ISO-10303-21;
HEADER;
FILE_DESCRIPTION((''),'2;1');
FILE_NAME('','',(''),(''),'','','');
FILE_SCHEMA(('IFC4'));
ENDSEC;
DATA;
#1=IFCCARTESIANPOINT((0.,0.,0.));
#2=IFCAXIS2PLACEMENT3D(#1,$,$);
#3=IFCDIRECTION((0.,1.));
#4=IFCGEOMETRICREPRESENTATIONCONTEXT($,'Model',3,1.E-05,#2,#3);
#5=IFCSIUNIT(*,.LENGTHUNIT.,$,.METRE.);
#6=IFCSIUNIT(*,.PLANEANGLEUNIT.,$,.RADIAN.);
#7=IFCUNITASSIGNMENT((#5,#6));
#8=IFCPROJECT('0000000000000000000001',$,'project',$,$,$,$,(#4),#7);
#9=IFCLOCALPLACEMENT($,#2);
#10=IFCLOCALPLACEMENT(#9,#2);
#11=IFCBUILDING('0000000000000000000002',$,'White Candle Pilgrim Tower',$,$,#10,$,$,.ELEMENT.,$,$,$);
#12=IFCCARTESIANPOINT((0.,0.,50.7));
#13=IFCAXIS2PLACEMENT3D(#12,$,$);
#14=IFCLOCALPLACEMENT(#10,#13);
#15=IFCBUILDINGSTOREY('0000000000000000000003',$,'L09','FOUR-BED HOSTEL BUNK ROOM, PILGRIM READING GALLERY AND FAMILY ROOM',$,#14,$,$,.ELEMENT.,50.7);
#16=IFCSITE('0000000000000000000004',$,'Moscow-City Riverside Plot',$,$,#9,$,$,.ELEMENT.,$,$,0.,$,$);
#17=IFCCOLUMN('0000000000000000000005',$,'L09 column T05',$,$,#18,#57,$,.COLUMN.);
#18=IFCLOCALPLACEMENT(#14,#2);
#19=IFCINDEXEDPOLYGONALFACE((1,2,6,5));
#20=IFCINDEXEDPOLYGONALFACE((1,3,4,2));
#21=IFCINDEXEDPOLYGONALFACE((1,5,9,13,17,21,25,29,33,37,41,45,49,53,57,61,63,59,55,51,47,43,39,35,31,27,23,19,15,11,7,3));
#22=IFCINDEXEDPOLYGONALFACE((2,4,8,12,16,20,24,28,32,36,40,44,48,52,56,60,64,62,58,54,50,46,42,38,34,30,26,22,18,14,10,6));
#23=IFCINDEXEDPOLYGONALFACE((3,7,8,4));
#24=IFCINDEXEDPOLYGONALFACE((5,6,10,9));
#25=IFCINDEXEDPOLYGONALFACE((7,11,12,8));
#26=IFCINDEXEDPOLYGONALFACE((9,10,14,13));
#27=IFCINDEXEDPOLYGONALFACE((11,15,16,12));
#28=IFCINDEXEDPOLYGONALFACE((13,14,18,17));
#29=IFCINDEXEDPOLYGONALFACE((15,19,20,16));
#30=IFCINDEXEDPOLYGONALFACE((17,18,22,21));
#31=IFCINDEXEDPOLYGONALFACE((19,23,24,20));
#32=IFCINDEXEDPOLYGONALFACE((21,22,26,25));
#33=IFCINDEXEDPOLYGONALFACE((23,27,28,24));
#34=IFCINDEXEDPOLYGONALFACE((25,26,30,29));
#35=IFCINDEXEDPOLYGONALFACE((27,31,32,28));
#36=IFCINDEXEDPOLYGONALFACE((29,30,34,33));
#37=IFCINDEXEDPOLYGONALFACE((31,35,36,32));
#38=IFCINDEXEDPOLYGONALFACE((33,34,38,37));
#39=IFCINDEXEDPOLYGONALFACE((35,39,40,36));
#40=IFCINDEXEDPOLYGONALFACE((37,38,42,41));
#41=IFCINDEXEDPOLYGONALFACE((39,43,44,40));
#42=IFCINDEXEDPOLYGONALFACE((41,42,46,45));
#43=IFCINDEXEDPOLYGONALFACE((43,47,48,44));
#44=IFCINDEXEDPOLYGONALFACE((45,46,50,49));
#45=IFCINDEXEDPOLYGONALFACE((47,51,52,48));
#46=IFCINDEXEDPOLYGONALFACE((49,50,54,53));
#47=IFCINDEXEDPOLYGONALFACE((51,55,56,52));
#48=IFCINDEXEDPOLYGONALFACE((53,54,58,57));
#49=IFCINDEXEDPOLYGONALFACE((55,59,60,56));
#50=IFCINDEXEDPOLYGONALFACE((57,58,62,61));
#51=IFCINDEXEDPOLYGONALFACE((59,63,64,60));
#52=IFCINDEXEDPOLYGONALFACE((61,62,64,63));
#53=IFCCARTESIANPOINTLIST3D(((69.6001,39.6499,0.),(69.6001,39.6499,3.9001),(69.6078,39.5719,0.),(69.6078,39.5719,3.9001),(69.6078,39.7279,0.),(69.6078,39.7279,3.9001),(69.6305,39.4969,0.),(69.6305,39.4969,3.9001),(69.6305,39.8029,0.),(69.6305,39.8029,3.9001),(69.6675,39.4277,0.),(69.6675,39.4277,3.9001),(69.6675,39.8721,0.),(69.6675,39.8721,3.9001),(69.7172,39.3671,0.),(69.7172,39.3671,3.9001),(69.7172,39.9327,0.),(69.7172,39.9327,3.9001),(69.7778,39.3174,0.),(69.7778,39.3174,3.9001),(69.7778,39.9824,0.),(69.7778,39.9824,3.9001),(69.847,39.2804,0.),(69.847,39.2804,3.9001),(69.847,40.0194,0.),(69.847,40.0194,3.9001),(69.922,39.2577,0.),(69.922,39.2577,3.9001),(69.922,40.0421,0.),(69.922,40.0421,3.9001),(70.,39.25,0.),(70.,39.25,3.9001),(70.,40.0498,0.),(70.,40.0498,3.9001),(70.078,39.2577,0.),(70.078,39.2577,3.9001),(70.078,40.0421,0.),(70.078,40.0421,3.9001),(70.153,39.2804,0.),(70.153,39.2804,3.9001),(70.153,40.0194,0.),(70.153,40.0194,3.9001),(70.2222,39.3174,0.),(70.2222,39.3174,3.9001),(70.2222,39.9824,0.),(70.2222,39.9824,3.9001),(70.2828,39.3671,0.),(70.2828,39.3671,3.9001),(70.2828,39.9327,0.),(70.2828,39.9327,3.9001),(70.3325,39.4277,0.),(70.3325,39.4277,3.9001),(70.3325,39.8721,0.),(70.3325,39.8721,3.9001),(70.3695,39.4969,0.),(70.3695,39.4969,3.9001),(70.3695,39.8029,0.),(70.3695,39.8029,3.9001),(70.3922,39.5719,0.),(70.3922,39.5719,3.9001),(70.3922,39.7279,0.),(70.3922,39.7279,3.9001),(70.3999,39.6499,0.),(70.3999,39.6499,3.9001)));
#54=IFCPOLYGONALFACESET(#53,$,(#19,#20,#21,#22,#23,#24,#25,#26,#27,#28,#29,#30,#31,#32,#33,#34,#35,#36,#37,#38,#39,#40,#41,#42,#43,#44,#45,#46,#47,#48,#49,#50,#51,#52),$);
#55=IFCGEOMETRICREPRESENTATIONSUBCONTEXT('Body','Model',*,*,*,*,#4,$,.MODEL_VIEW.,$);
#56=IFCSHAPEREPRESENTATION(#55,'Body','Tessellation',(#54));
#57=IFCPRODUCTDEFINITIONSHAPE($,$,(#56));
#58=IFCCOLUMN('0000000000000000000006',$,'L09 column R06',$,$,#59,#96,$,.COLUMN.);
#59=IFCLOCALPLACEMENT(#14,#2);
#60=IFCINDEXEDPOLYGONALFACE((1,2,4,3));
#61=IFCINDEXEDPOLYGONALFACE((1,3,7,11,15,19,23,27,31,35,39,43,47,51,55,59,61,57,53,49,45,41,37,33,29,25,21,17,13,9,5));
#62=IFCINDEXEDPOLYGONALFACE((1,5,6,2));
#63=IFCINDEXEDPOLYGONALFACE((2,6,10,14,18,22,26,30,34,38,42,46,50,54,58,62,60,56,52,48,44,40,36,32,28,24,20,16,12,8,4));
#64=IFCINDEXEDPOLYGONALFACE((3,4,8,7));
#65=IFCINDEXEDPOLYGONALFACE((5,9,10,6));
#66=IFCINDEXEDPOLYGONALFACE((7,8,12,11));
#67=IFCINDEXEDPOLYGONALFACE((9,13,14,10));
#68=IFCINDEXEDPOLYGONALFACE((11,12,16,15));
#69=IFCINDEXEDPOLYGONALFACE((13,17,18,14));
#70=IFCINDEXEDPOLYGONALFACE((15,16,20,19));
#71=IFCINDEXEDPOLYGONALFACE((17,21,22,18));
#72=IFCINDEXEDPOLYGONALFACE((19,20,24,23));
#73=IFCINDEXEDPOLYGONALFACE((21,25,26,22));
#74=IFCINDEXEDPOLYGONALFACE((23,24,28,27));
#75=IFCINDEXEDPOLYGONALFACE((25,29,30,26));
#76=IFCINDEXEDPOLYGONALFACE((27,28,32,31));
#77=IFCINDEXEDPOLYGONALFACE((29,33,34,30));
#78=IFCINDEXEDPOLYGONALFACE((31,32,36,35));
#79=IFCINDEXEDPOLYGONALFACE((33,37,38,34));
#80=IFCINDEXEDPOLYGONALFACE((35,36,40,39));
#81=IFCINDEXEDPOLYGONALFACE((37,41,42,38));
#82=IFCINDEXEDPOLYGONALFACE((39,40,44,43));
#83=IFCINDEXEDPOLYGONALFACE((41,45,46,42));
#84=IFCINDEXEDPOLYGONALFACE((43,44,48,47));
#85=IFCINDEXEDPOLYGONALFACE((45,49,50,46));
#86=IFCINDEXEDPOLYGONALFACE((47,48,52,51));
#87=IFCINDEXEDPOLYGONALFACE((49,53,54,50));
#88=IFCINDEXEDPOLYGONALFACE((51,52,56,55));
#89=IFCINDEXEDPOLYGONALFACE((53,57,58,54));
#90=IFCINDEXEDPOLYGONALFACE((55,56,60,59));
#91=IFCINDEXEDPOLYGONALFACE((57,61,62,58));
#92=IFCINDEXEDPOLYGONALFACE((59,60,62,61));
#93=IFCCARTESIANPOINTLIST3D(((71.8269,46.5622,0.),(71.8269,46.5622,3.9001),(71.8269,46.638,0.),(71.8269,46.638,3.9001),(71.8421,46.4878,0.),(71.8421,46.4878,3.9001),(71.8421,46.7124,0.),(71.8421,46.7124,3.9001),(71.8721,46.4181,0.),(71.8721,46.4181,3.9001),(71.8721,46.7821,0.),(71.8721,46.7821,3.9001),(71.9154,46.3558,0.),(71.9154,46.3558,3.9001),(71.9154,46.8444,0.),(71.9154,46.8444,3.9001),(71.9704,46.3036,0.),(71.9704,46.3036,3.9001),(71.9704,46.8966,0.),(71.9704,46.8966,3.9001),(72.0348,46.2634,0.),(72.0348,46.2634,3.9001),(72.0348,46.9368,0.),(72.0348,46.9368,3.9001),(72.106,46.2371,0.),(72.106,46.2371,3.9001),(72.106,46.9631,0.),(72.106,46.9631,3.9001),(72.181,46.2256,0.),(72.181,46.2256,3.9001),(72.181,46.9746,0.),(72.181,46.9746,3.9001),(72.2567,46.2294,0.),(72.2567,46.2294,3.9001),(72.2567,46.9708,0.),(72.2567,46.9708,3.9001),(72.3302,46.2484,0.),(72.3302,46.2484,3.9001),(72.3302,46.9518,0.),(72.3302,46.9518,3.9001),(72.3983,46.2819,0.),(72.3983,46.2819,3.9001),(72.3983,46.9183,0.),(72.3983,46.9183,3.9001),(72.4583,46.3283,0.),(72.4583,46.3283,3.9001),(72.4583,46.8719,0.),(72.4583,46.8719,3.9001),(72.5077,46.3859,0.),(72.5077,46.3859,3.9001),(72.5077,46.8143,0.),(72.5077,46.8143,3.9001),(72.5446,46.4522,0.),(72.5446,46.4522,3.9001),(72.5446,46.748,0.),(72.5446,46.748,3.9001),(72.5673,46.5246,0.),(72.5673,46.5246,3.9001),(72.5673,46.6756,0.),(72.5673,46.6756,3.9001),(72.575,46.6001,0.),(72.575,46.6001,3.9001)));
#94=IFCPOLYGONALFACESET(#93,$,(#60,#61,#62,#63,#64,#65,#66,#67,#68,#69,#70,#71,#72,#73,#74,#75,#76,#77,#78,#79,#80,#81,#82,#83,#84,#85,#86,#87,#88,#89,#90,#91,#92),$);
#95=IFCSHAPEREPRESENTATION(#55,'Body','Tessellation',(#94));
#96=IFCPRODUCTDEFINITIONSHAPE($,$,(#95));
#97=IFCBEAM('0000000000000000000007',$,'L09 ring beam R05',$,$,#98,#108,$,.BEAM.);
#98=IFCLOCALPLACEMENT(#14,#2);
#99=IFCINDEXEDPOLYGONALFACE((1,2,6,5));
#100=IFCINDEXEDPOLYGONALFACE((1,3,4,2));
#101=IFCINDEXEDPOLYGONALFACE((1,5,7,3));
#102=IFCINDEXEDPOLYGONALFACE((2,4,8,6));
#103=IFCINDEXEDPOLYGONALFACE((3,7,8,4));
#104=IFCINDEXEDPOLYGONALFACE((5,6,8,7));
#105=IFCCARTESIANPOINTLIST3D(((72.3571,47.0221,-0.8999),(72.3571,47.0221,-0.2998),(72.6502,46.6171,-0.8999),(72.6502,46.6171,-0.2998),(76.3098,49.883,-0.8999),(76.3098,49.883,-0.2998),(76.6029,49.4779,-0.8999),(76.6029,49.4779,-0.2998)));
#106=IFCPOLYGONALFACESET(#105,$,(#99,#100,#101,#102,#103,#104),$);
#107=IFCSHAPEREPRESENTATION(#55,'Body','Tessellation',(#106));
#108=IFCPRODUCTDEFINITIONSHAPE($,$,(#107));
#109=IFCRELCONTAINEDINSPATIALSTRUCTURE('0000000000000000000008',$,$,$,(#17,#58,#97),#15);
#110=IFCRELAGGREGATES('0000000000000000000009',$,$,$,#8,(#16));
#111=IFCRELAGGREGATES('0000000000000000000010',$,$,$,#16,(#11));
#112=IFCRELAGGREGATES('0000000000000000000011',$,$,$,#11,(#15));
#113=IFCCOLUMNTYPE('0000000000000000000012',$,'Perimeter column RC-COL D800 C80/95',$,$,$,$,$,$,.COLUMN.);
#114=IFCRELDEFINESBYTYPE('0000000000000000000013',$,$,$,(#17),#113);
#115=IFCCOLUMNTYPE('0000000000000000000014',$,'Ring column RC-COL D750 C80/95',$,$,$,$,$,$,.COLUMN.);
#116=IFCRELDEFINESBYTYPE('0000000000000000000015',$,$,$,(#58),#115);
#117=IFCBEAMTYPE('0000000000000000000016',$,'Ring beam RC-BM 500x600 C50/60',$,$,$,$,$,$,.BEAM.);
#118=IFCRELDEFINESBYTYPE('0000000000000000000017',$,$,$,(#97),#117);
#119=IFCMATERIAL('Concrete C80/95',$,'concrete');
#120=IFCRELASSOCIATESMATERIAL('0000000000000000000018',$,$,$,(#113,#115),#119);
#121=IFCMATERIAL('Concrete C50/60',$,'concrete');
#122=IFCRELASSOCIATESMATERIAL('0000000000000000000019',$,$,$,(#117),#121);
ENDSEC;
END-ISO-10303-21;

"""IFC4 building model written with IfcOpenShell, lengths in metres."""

from ifc_helpers import new_model, si_unit, direction, frame, origin, origin_2d, place, context, subcontext, project, spatial, rectangle, circle, extrude, material, material_profile, profile_set, type_object, element, save


model = new_model("IFC4")

# Units and contexts
model_context = context("Model", 3, precision=1e-05, world=origin(), true_north=direction((0.0, 1.0)))
body_context = subcontext(model_context, "Body", "Model", "MODEL_VIEW")
ifc_project = project(units=[si_unit("LENGTHUNIT", "METRE"), si_unit("PLANEANGLEUNIT", "RADIAN")], contexts=[model_context])

# Site, building, storey
site_placement = place(None, origin())
site = spatial("IfcSite", under=ifc_project, at=site_placement, Name="Moscow-City Riverside Plot", CompositionType="ELEMENT", RefElevation=0.0)
building_placement = place(site_placement, origin())
building = spatial("IfcBuilding", under=site, at=building_placement, Name="White Candle Pilgrim Tower", CompositionType="ELEMENT")
storey_placement = place(building_placement, frame((0.0, 0.0, 50.7)))
storey = spatial("IfcBuildingStorey", under=building, at=storey_placement, Name="L09", Description="FOUR-BED HOSTEL BUNK ROOM, PILGRIM READING GALLERY AND FAMILY ROOM", CompositionType="ELEMENT", Elevation=50.7)

# Columns
ifc_material_1 = material(Name="Concrete C80/95", Category="concrete")
ifc_material_profile_1 = material_profile(ifc_material_1, circle(Radius=0.3999, at=origin_2d()), Name="RC-COL D800")
ifc_profile_set_1 = profile_set([ifc_material_profile_1], Name="Concrete C80/95")
column_type_1 = type_object("IfcColumnType", Name="Perimeter column RC-COL D800 C80/95", PredefinedType="COLUMN", material=ifc_profile_set_1)
column_1_placement = place(storey_placement, frame((70.0, 39.6499, 0.0), z_axis=(0.0, 0.0, 1.0), x_axis=(1.0, 0.0, 0.0)))
element("IfcColumn", 1, at=column_1_placement, inside=storey, type_object=column_type_1, Name="L09 column T05", PredefinedType="COLUMN", context=body_context, shape_type="SweptSolid", body=[
    extrude(circle(Radius=0.3999, at=origin_2d()), origin(), (0.0, 0.0, 1.0), 3.9001),
])
ifc_material_profile_2 = material_profile(ifc_material_1, circle(Radius=0.375, at=origin_2d()), Name="RC-COL D750")
ifc_profile_set_2 = profile_set([ifc_material_profile_2], Name="Concrete C80/95")
column_type_2 = type_object("IfcColumnType", Name="Ring column RC-COL D750 C80/95", PredefinedType="COLUMN", material=ifc_profile_set_2)
column_2_placement = place(storey_placement, frame((72.2, 46.6001, 0.0), z_axis=(0.0, 0.0, 1.0), x_axis=(1.0, 0.0, 0.0)))
element("IfcColumn", 2, at=column_2_placement, inside=storey, type_object=column_type_2, Name="L09 column R06", PredefinedType="COLUMN", context=body_context, shape_type="SweptSolid", body=[
    extrude(circle(Radius=0.375, at=origin_2d()), origin(), (0.0, 0.0, 1.0), 3.9001),
])

# Beam
ifc_material_2 = material(Name="Concrete C50/60", Category="concrete")
ifc_material_profile_3 = material_profile(ifc_material_2, rectangle(XDim=0.5, YDim=0.6001, at=origin_2d()), Name="RC-BM 500x600")
ifc_profile_set_3 = profile_set([ifc_material_profile_3], Name="Concrete C50/60")
beam_type = type_object("IfcBeamType", Name="Ring beam RC-BM 500x600 C50/60", PredefinedType="BEAM", material=ifc_profile_set_3)
beam_placement = place(storey_placement, frame((72.5037, 46.8196, -0.5999), z_axis=(0.81008, 0.58632, 0.0), x_axis=(-0.58632, 0.81008, 0.0)))
element("IfcBeam", 3, at=beam_placement, inside=storey, type_object=beam_type, Name="L09 ring beam R05", PredefinedType="BEAM", context=body_context, shape_type="SweptSolid", body=[
    extrude(rectangle(XDim=0.5, YDim=0.6001, at=origin_2d()), origin(), (0.0, 0.0, 1.0), 4.8794),
])

save(model, "model.ifc")
